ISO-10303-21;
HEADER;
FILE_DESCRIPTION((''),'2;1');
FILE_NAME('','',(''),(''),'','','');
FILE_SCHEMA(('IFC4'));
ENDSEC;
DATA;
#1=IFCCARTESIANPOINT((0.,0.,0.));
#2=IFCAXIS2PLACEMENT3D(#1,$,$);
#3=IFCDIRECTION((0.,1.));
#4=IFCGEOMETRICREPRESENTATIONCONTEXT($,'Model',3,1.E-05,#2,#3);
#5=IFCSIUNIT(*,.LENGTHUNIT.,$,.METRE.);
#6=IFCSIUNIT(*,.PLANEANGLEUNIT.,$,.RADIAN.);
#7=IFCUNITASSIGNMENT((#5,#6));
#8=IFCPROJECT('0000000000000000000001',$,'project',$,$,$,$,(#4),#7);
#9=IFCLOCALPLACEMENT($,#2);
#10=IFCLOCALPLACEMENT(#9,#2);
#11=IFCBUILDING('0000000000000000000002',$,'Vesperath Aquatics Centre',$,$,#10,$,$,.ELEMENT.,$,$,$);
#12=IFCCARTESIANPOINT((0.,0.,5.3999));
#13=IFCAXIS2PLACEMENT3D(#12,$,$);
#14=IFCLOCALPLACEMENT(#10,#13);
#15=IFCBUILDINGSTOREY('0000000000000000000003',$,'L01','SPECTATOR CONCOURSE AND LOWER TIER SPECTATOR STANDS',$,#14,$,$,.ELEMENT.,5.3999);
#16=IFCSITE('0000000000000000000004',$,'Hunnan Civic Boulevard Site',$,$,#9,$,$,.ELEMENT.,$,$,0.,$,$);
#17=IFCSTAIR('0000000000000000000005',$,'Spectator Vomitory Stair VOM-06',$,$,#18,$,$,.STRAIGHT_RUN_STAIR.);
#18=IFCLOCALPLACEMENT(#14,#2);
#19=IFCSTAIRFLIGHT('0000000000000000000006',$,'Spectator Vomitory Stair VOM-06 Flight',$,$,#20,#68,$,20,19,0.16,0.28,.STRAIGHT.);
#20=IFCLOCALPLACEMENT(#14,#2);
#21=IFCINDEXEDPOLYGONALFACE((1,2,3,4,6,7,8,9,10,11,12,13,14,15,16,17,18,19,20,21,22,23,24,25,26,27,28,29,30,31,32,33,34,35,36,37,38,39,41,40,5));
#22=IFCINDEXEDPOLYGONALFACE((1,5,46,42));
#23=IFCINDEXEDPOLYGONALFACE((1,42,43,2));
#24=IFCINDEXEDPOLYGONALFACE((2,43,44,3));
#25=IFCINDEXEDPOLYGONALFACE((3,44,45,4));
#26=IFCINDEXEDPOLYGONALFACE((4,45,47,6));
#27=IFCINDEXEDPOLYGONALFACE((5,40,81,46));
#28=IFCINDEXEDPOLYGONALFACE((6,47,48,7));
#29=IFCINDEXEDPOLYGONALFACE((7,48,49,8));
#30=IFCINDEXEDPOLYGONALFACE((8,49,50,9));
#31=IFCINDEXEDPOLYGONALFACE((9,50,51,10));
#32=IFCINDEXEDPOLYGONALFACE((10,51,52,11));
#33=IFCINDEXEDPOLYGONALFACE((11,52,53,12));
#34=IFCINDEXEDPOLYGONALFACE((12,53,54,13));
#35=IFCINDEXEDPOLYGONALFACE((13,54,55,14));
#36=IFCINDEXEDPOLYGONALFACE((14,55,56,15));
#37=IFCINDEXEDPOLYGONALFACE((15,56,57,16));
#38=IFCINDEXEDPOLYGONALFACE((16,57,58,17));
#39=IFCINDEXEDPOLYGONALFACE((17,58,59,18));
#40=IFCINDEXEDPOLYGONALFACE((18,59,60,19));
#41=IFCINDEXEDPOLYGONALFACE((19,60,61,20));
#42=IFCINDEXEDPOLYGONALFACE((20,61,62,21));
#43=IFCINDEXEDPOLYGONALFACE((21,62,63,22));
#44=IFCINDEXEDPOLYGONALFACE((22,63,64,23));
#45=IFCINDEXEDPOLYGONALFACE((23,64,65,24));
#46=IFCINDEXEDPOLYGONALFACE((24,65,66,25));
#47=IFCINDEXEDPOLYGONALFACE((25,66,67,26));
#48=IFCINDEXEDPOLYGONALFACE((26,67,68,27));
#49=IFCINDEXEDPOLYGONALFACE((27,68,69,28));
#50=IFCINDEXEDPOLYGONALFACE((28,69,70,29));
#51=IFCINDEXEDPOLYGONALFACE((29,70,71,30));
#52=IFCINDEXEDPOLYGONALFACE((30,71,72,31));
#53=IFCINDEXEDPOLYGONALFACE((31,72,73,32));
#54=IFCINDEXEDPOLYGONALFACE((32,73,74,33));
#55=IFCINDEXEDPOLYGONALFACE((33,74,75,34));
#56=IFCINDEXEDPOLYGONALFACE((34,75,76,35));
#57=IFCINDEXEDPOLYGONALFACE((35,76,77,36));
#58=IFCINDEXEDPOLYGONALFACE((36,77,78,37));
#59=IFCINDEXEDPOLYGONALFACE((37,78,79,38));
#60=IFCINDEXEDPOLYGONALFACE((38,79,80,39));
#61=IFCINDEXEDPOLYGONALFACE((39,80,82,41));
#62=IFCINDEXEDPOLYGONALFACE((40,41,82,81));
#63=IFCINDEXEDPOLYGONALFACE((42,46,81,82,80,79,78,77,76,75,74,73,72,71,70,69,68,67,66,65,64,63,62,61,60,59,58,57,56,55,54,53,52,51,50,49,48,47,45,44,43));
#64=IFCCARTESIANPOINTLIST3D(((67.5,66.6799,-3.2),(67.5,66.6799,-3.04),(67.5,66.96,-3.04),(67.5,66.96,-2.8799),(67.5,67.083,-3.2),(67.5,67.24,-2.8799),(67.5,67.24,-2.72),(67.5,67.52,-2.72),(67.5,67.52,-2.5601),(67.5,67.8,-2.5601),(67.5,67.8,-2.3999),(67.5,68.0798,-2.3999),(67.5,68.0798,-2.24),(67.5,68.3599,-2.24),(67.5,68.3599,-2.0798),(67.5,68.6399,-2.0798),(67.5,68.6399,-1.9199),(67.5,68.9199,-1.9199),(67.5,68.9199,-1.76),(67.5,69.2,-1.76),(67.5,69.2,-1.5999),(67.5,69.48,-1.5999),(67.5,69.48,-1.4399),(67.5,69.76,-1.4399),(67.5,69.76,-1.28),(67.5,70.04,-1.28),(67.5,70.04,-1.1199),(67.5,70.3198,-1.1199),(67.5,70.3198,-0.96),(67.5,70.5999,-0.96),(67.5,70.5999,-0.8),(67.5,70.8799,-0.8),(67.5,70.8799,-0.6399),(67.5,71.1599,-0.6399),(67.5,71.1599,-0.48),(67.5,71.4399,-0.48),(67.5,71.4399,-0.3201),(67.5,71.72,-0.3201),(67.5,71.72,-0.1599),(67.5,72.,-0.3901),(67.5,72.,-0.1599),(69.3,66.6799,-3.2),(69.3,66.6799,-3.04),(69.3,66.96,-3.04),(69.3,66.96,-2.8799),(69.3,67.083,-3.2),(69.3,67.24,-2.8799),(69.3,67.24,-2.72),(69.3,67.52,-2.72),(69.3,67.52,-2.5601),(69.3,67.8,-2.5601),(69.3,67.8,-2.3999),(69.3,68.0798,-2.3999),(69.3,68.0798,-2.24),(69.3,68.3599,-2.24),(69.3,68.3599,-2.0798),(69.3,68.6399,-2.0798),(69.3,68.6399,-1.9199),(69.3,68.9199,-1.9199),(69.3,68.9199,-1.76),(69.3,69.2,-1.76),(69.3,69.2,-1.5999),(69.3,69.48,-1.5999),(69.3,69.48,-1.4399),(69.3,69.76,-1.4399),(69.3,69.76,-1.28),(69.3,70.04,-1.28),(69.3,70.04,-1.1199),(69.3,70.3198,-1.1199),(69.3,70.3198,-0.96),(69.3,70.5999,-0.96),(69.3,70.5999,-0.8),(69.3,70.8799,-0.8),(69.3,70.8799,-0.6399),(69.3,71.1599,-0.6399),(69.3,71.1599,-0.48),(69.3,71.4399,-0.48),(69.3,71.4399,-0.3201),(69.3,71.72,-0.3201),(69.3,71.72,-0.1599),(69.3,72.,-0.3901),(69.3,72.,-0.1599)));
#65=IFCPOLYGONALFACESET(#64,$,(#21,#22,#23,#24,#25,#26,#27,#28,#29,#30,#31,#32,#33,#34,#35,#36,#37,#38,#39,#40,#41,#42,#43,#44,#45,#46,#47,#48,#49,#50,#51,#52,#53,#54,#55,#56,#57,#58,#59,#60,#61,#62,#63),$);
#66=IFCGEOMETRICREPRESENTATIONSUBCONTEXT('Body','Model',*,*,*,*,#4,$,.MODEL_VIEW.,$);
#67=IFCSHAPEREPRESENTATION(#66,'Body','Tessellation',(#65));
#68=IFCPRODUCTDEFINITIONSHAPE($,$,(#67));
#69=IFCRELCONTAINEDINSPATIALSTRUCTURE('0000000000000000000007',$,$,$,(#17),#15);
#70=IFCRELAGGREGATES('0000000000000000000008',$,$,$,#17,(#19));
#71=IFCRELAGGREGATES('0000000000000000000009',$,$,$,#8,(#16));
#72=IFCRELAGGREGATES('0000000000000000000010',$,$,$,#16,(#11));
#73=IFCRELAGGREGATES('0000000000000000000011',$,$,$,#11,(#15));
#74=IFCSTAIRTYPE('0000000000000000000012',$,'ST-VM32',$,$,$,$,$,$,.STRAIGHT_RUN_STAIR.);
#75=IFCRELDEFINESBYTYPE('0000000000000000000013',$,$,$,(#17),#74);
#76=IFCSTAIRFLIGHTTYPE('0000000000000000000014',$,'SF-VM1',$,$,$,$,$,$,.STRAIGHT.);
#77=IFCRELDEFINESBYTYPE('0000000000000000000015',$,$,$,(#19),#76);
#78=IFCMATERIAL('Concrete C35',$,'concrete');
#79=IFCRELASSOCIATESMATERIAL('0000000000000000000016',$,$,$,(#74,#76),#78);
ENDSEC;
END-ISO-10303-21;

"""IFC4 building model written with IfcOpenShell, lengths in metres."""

from ifc_helpers import new_model, si_unit, direction, frame, origin, place, context, subcontext, project, spatial, polyline, outline, extrude, material, type_object, element, aggregate, save


model = new_model("IFC4")

# Units and contexts
model_context = context("Model", 3, precision=1e-05, world=origin(), true_north=direction((0.0, 1.0)))
body_context = subcontext(model_context, "Body", "Model", "MODEL_VIEW")
ifc_project = project(units=[si_unit("LENGTHUNIT", "METRE"), si_unit("PLANEANGLEUNIT", "RADIAN")], contexts=[model_context])

# Site, building, storey
site_placement = place(None, origin())
site = spatial("IfcSite", under=ifc_project, at=site_placement, Name="Hunnan Civic Boulevard Site", CompositionType="ELEMENT", RefElevation=0.0)
building_placement = place(site_placement, origin())
building = spatial("IfcBuilding", under=site, at=building_placement, Name="Vesperath Aquatics Centre", CompositionType="ELEMENT")
storey_placement = place(building_placement, frame((0.0, 0.0, 5.3999)))
storey = spatial("IfcBuildingStorey", under=building, at=storey_placement, Name="L01", Description="SPECTATOR CONCOURSE AND LOWER TIER SPECTATOR STANDS", CompositionType="ELEMENT", Elevation=5.3999)

# Shared definitions
ifc_material_1 = material(Name="Concrete C35", Category="concrete")

# Stair, stair flight
stair_type = type_object("IfcStairType", Name="ST-VM32", PredefinedType="STRAIGHT_RUN_STAIR", material=ifc_material_1)
stair_placement = place(storey_placement, origin())
stair = element("IfcStair", 1, at=stair_placement, inside=storey, type_object=stair_type, Name="Spectator Vomitory Stair VOM-06", PredefinedType="STRAIGHT_RUN_STAIR")
stair_flight_type = type_object("IfcStairFlightType", Name="SF-VM1", PredefinedType="STRAIGHT", material=ifc_material_1)
stair_flight_placement = place(storey_placement, frame((68.3999, 66.6799, -3.2), z_axis=(0.0, 0.0, 1.0), x_axis=(0.0, 1.0, 0.0)))
stair_flight = element("IfcStairFlight", 2, at=stair_flight_placement, type_object=stair_flight_type, Name="Spectator Vomitory Stair VOM-06 Flight", NumberOfRisers=20, NumberOfTreads=19, PredefinedType="STRAIGHT", RiserHeight=0.16, TreadLength=0.28, context=body_context, shape_type="SweptSolid", body=[
    extrude(outline(polyline([(0.0, 0.0), (0.0, 0.1599), (0.28, 0.1599), (0.28, 0.3201), (0.5601, 0.3201), (0.5601, 0.48), (0.8401, 0.48), (0.8401, 0.6399), (1.1201, 0.6399), (1.1201, 0.8), (1.3999, 0.8), (1.3999, 0.96), (1.6799, 0.96), (1.6799, 1.1201), (1.96, 1.1201), (1.96, 1.28), (2.24, 1.28), (2.24, 1.4399), (2.52, 1.4399), (2.52, 1.6001), (2.8, 1.6001), (2.8, 1.76), (3.0801, 1.76), (3.0801, 1.9199), (3.3601, 1.9199), (3.3601, 2.0801), (3.6399, 2.0801), (3.6399, 2.24), (3.9199, 2.24), (3.9199, 2.3999), (4.2, 2.3999), (4.2, 2.5601), (4.48, 2.5601), (4.48, 2.72), (4.76, 2.72), (4.76, 2.8799), (5.04, 2.8799), (5.04, 3.04), (5.3201, 3.04), (5.3201, 3.2), (5.3201, 2.8098), (0.4031, 0.0), (0.0, 0.0)])), frame((0.0, 0.8999, 0.0), z_axis=(0.0, -1.0, 0.0), x_axis=(1.0, 0.0, 0.0)), (0.0, 0.0, 1.0), 1.8),
])
aggregate(stair, [stair_flight])

save(model, "model.ifc")
